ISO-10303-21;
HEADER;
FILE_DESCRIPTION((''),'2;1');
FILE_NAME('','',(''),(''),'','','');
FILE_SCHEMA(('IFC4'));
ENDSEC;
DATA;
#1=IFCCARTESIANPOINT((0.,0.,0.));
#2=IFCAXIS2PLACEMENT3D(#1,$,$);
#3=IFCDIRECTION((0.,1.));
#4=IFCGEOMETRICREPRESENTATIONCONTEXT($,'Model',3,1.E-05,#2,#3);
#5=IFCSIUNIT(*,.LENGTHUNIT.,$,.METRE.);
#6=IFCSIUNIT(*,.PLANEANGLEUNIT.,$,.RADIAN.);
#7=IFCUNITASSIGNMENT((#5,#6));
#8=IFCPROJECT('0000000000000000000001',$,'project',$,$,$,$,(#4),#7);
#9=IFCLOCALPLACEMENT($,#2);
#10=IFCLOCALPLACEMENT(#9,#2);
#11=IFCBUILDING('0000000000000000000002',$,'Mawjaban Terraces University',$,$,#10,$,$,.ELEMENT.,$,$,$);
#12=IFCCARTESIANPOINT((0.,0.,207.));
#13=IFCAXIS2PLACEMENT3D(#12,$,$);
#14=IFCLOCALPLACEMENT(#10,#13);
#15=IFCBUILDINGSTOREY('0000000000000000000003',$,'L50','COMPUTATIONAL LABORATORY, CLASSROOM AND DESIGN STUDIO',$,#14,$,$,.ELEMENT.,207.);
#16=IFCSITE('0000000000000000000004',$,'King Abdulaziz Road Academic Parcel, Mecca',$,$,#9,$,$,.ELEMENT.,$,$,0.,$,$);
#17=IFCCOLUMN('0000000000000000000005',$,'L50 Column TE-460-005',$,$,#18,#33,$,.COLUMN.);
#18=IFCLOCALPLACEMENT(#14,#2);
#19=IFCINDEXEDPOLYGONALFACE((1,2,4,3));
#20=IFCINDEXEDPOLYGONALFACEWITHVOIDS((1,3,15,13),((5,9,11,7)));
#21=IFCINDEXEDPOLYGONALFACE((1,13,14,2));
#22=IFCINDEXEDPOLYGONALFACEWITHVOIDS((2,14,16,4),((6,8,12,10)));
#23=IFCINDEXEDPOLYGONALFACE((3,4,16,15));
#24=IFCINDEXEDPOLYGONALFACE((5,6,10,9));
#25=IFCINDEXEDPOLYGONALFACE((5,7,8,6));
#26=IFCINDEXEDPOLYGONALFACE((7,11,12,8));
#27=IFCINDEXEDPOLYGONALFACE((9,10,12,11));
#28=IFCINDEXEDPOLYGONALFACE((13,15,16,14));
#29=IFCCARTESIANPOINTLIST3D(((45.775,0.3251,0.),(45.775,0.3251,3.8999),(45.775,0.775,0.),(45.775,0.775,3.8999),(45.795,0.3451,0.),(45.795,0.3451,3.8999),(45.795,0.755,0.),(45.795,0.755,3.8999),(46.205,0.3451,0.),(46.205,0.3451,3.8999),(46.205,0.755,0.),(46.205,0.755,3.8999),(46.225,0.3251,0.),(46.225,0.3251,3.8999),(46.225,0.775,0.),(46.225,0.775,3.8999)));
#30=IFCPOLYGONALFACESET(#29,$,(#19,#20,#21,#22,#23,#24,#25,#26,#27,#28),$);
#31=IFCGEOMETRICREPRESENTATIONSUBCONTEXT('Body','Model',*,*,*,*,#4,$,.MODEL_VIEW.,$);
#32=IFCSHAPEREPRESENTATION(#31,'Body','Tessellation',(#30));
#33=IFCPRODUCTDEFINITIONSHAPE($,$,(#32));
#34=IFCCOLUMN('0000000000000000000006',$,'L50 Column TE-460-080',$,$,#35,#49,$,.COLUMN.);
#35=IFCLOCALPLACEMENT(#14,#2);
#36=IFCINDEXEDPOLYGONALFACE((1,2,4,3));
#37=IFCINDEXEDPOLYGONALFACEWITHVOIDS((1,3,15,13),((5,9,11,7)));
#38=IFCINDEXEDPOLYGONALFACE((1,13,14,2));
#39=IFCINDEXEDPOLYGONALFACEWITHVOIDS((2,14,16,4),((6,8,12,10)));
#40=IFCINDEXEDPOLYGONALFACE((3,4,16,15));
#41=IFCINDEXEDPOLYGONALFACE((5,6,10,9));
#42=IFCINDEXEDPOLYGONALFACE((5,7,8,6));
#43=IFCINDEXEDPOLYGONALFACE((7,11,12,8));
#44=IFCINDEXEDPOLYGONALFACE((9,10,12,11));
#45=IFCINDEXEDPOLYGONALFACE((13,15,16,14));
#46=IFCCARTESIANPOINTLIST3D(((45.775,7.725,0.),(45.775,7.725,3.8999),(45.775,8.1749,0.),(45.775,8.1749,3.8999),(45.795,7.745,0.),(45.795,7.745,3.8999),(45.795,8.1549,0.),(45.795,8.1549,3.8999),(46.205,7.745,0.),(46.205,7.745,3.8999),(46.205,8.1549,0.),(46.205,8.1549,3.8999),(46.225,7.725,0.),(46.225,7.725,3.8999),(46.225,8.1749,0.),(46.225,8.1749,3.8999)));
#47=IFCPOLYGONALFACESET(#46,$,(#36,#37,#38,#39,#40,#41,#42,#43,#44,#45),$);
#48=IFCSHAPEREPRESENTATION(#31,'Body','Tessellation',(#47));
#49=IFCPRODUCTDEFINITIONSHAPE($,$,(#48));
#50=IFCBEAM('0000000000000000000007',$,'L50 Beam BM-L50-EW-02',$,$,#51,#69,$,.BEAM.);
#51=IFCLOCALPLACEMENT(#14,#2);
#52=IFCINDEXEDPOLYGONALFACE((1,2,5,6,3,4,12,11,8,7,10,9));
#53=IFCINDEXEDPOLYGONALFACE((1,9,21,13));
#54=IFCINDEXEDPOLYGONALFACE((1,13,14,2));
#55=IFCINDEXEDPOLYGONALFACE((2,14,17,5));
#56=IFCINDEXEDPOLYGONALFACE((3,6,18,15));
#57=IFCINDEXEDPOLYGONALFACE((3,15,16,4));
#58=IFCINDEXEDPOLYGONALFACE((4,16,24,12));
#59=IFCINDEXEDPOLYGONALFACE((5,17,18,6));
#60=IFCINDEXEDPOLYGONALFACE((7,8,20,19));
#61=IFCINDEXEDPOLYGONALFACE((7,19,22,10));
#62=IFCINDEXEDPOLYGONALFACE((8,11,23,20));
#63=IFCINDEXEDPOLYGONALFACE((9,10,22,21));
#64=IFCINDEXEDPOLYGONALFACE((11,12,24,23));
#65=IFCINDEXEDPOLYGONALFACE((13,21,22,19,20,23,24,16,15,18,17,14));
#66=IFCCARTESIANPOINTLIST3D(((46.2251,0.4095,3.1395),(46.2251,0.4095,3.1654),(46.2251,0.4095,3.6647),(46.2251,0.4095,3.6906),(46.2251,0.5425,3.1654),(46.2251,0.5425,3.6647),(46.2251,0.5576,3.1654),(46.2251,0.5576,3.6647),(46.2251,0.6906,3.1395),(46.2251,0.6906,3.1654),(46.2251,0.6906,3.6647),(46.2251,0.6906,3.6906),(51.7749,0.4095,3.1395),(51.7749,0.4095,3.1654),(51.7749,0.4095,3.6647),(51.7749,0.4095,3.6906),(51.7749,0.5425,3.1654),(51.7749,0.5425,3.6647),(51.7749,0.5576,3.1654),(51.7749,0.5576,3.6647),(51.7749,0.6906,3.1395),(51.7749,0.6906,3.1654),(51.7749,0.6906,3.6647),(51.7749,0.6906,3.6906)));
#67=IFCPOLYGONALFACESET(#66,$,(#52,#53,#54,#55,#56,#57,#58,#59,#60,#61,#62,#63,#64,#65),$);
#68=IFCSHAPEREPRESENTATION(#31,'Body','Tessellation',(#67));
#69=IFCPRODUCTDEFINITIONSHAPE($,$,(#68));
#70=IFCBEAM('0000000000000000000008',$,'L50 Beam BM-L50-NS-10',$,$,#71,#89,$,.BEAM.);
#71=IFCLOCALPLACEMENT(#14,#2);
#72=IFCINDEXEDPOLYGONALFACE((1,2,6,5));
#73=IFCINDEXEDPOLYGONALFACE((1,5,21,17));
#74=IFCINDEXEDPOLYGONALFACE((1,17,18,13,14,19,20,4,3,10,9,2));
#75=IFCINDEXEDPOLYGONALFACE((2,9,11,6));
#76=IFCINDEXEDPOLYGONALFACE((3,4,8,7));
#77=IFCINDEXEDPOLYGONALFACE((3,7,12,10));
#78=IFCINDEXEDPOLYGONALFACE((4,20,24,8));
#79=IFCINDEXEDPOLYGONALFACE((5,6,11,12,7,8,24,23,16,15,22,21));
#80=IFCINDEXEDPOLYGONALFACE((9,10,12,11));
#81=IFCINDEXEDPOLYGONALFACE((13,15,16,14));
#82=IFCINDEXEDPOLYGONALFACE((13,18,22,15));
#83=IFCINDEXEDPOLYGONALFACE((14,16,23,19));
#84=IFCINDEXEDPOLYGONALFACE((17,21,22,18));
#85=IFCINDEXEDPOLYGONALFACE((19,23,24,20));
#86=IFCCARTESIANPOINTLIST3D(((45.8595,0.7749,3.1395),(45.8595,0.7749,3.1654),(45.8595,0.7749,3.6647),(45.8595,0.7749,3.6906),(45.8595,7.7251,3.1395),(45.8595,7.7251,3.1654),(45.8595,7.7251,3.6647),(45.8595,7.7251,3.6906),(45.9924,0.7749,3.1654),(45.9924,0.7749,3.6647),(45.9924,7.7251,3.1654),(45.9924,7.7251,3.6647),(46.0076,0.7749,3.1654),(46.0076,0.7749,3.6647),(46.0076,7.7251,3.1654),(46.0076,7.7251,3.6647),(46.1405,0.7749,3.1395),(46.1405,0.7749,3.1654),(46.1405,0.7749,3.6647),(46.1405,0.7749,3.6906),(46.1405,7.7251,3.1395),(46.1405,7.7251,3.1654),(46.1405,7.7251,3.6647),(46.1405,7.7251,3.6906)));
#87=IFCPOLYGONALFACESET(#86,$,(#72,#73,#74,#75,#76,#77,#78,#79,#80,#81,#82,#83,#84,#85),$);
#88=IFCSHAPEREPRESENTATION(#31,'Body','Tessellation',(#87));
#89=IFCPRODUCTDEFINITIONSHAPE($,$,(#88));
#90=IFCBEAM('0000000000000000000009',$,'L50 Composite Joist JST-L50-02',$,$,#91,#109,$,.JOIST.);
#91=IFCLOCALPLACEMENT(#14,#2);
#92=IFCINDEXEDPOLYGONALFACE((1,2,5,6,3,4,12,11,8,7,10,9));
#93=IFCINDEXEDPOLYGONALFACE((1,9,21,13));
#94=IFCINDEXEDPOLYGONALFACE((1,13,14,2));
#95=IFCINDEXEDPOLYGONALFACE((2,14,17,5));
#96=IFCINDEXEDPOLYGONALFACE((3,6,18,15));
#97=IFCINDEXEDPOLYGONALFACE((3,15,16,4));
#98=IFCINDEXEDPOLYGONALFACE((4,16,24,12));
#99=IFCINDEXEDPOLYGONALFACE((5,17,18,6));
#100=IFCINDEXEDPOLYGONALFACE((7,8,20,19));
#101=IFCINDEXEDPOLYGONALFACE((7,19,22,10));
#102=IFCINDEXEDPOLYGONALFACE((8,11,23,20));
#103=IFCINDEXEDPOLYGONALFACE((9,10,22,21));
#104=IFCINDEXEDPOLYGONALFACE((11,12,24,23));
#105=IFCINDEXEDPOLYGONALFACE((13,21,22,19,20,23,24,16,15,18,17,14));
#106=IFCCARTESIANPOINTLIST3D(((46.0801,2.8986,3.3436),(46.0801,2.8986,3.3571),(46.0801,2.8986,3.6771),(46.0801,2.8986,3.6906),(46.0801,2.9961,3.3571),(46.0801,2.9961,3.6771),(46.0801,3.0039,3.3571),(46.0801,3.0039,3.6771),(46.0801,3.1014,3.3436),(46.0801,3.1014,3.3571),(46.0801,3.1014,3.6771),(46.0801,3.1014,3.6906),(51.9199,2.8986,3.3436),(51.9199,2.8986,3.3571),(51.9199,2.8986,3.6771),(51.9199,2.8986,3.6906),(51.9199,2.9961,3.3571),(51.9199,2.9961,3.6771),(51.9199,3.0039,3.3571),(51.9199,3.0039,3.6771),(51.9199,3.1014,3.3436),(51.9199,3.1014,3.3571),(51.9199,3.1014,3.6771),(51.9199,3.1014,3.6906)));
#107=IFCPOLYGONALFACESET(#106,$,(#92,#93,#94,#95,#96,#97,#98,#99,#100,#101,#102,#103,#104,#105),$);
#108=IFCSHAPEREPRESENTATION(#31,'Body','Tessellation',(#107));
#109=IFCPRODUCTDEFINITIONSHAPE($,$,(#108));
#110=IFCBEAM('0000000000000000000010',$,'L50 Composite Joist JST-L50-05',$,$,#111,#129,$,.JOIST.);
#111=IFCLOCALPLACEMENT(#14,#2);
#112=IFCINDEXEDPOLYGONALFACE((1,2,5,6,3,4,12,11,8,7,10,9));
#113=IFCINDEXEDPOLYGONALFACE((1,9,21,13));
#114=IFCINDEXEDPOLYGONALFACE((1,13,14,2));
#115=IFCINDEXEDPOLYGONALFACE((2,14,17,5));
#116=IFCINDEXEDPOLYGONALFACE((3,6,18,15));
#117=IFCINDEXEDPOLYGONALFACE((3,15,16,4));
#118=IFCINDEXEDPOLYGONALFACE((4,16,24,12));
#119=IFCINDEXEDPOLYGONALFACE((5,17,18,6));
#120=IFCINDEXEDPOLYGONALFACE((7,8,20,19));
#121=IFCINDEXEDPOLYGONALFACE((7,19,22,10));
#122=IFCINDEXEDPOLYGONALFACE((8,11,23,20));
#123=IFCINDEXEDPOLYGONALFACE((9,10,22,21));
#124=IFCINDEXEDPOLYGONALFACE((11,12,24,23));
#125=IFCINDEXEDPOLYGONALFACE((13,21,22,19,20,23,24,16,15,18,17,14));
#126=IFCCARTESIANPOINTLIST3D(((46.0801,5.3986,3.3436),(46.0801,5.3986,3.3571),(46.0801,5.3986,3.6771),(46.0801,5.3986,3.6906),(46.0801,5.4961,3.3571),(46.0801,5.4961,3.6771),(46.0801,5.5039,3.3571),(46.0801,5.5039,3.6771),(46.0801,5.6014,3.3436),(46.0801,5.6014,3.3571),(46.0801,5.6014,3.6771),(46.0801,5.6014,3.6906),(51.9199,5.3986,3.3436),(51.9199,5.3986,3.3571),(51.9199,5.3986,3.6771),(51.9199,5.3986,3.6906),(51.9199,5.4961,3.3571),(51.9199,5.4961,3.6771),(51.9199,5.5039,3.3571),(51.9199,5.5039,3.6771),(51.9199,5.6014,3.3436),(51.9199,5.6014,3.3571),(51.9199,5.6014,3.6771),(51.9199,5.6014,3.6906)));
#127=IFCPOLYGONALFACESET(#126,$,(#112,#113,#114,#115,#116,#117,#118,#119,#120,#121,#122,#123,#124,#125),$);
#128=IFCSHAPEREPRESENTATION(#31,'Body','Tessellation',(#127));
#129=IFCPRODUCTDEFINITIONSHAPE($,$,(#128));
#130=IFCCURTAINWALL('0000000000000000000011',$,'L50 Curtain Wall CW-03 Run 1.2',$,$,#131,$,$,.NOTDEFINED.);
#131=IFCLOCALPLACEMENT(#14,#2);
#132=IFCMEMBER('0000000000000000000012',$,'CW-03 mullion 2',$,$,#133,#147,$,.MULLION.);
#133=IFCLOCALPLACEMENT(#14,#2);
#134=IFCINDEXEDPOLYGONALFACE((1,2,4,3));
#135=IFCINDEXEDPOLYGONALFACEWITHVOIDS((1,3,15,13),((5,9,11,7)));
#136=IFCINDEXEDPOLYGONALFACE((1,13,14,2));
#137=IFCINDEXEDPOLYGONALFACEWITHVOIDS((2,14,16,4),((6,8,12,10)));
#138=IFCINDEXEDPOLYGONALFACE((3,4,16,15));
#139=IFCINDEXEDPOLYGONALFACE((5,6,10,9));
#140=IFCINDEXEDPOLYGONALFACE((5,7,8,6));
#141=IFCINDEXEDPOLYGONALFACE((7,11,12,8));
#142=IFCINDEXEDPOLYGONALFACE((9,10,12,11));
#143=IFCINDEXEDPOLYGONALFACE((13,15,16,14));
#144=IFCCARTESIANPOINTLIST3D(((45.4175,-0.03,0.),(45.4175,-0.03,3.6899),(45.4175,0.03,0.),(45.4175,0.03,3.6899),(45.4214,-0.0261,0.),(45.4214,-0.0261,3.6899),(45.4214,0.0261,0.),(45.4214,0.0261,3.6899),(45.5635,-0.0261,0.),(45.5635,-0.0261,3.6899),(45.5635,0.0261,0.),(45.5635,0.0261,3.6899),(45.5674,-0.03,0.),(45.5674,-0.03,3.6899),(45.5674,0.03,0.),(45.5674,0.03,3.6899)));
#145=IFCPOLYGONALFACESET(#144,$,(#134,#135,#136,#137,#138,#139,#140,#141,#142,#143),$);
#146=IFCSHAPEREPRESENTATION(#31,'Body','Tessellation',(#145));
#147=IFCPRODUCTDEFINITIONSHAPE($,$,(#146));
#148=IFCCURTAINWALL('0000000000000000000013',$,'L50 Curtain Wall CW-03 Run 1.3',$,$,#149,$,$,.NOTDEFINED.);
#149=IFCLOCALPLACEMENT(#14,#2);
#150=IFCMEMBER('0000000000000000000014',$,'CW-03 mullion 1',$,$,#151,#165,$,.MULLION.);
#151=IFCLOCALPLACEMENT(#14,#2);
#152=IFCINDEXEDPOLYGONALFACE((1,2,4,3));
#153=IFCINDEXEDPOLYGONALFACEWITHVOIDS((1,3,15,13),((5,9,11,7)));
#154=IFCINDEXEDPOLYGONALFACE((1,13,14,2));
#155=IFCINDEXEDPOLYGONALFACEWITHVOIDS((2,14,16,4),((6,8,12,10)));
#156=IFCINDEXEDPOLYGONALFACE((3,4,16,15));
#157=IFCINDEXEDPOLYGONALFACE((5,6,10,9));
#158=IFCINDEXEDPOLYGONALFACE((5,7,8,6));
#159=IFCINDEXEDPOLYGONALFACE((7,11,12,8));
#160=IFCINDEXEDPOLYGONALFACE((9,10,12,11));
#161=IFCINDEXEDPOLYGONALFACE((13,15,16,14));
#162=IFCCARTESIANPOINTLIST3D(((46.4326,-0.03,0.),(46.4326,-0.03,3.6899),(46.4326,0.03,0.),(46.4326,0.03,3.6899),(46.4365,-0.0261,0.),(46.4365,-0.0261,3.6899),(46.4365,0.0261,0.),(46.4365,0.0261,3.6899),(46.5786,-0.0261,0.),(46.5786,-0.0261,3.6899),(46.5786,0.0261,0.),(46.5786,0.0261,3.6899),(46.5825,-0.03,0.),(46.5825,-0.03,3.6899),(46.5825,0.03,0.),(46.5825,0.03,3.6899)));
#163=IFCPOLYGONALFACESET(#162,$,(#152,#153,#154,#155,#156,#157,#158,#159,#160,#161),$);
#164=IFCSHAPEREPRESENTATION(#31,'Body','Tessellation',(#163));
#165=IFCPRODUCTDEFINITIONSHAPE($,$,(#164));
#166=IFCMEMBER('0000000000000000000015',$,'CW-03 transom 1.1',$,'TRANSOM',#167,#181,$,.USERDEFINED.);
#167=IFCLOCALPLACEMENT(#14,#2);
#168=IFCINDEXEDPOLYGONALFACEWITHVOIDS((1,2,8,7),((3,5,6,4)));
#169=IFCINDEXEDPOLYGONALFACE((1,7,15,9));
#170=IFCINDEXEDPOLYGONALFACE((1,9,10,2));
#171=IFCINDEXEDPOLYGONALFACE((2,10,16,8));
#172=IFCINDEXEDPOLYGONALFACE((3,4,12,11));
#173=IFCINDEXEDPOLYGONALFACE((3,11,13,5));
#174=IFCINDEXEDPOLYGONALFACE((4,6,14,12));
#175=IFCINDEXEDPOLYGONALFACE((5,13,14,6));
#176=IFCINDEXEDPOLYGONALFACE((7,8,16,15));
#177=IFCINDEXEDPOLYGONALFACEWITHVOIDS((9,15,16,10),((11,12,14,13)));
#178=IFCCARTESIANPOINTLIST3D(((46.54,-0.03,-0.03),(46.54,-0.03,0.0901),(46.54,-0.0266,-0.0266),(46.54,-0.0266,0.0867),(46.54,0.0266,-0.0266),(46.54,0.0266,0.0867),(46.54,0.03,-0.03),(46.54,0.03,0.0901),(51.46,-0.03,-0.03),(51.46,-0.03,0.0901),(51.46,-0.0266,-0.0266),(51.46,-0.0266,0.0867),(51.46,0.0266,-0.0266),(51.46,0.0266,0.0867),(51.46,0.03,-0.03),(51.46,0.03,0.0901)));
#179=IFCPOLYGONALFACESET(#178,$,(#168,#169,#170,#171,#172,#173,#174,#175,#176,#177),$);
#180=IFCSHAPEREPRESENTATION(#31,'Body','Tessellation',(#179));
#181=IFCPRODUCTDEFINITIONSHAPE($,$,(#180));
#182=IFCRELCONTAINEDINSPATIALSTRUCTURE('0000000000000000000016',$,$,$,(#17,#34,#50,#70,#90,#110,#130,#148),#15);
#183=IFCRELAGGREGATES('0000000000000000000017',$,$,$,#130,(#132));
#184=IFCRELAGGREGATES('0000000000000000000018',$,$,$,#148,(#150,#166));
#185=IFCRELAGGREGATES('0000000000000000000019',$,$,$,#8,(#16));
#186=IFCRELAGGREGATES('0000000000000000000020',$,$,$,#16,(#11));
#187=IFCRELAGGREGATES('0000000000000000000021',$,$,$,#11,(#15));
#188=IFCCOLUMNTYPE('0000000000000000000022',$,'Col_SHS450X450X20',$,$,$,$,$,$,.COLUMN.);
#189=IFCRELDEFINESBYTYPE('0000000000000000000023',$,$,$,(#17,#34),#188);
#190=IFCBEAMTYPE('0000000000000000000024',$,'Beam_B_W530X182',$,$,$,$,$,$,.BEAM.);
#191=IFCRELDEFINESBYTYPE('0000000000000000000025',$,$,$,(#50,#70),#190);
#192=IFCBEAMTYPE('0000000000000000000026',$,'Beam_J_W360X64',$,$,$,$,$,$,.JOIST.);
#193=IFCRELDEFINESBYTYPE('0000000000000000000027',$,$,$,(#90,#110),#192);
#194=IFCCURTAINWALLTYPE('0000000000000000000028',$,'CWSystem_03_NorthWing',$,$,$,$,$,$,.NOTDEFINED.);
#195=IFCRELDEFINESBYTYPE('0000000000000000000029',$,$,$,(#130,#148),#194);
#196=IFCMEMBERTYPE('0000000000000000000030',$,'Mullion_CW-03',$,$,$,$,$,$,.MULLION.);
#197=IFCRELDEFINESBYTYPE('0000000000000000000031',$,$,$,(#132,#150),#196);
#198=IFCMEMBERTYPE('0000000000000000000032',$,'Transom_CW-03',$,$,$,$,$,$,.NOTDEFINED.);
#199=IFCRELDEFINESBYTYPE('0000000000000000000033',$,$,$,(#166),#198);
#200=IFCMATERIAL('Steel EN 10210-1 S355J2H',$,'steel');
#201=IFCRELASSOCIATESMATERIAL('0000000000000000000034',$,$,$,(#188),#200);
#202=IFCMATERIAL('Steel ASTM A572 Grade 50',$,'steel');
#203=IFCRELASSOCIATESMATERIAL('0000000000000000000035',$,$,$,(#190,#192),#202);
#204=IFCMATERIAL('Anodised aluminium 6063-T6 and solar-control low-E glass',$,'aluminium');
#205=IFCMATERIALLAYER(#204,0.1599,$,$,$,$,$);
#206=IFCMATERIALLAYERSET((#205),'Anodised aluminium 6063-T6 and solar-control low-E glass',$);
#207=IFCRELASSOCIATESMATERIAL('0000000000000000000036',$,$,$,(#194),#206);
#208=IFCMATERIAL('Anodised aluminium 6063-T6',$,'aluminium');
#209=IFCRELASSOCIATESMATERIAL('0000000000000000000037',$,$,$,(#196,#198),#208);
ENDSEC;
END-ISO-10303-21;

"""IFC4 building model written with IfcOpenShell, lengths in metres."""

from ifc_helpers import new_model, si_unit, direction, frame, origin, origin_2d, place, context, subcontext, project, spatial, hollow_rectangle, i_section, extrude, material, layer, layer_set, material_profile, profile_set, type_object, element, aggregate, save


model = new_model("IFC4")

# Units and contexts
model_context = context("Model", 3, precision=1e-05, world=origin(), true_north=direction((0.0, 1.0)))
body_context = subcontext(model_context, "Body", "Model", "MODEL_VIEW")
ifc_project = project(units=[si_unit("LENGTHUNIT", "METRE"), si_unit("PLANEANGLEUNIT", "RADIAN")], contexts=[model_context])

# Site, building, storey
site_placement = place(None, origin())
site = spatial("IfcSite", under=ifc_project, at=site_placement, Name="King Abdulaziz Road Academic Parcel, Mecca", CompositionType="ELEMENT", RefElevation=0.0)
building_placement = place(site_placement, origin())
building = spatial("IfcBuilding", under=site, at=building_placement, Name="Mawjaban Terraces University", CompositionType="ELEMENT")
storey_placement = place(building_placement, frame((0.0, 0.0, 207.0)))
storey = spatial("IfcBuildingStorey", under=building, at=storey_placement, Name="L50", Description="COMPUTATIONAL LABORATORY, CLASSROOM AND DESIGN STUDIO", CompositionType="ELEMENT", Elevation=207.0)

# Columns
ifc_material_1 = material(Name="Steel EN 10210-1 S355J2H", Category="steel")
ifc_material_profile_1 = material_profile(ifc_material_1, hollow_rectangle(XDim=0.45, YDim=0.45, WallThickness=0.02, at=origin_2d()), Name="SHS450X450X20")
ifc_profile_set_1 = profile_set([ifc_material_profile_1], Name="Steel EN 10210-1 S355J2H")
column_type = type_object("IfcColumnType", Name="Col_SHS450X450X20", PredefinedType="COLUMN", material=ifc_profile_set_1)
for number, where, z_axis, x_axis, name in (
    (1, (46.0, 0.55, 0.0), (0.0, 0.0, 1.0), (1.0, 0.0, 0.0), "L50 Column TE-460-005"),
    (2, (46.0, 7.95, 0.0), (0.0, 0.0, 1.0), (1.0, 0.0, 0.0), "L50 Column TE-460-080"),
):
    element("IfcColumn", number, at=place(storey_placement, frame(where, z_axis=z_axis, x_axis=x_axis)), inside=storey, type_object=column_type, Name=name, PredefinedType="COLUMN", context=body_context, shape_type="SweptSolid", body=[
        extrude(hollow_rectangle(XDim=0.45, YDim=0.45, WallThickness=0.02, at=origin_2d()), origin(), (0.0, 0.0, 1.0), 3.8999),
    ])

# Beams
ifc_material_2 = material(Name="Steel ASTM A572 Grade 50", Category="steel")
ifc_material_profile_2 = material_profile(ifc_material_2, i_section(OverallWidth=0.281, OverallDepth=0.551, WebThickness=0.0151, FlangeThickness=0.0259, at=origin_2d()), Name="W530X182")
ifc_profile_set_2 = profile_set([ifc_material_profile_2], Name="Steel ASTM A572 Grade 50")
beam_type_1 = type_object("IfcBeamType", Name="Beam_B_W530X182", PredefinedType="BEAM", material=ifc_profile_set_2)
beam_1_placement = place(storey_placement, frame((46.2251, 0.55, 3.415), z_axis=(1.0, 0.0, 0.0), x_axis=(0.0, 1.0, 0.0)))
element("IfcBeam", 3, at=beam_1_placement, inside=storey, type_object=beam_type_1, Name="L50 Beam BM-L50-EW-02", PredefinedType="BEAM", context=body_context, shape_type="SweptSolid", body=[
    extrude(i_section(OverallWidth=0.281, OverallDepth=0.551, WebThickness=0.0151, FlangeThickness=0.0259, at=origin_2d()), origin(), (0.0, 0.0, 1.0), 5.5498),
])
beam_2_placement = place(storey_placement, frame((46.0, 0.7749, 3.415), z_axis=(0.0, 1.0, 0.0), x_axis=(-1.0, 0.0, 0.0)))
element("IfcBeam", 4, at=beam_2_placement, inside=storey, type_object=beam_type_1, Name="L50 Beam BM-L50-NS-10", PredefinedType="BEAM", context=body_context, shape_type="SweptSolid", body=[
    extrude(i_section(OverallWidth=0.281, OverallDepth=0.551, WebThickness=0.0151, FlangeThickness=0.0259, at=origin_2d()), origin(), (0.0, 0.0, 1.0), 6.9502),
])
ifc_material_profile_3 = material_profile(ifc_material_2, i_section(OverallWidth=0.2029, OverallDepth=0.3469, WebThickness=0.0078, FlangeThickness=0.0134, at=origin_2d()), Name="W360X64")
ifc_profile_set_3 = profile_set([ifc_material_profile_3], Name="Steel ASTM A572 Grade 50")
beam_type_2 = type_object("IfcBeamType", Name="Beam_J_W360X64", PredefinedType="JOIST", material=ifc_profile_set_3)
for number, where, z_axis, x_axis, name in (
    (5, (46.0801, 3.0, 3.5171), (1.0, 0.0, 0.0), (0.0, 1.0, 0.0), "L50 Composite Joist JST-L50-02"),
    (6, (46.0801, 5.5, 3.5171), (1.0, 0.0, 0.0), (0.0, 1.0, 0.0), "L50 Composite Joist JST-L50-05"),
):
    element("IfcBeam", number, at=place(storey_placement, frame(where, z_axis=z_axis, x_axis=x_axis)), inside=storey, type_object=beam_type_2, Name=name, PredefinedType="JOIST", context=body_context, shape_type="SweptSolid", body=[
        extrude(i_section(OverallWidth=0.2029, OverallDepth=0.3469, WebThickness=0.0078, FlangeThickness=0.0134, at=origin_2d()), origin(), (0.0, 0.0, 1.0), 5.8398),
    ])

# Curtain wall, member
ifc_material_3 = material(Name="Anodised aluminium 6063-T6 and solar-control low-E glass", Category="aluminium")
ifc_layer_1 = layer(ifc_material_3, 0.1599)
ifc_layer_set_1 = layer_set([ifc_layer_1], Name="Anodised aluminium 6063-T6 and solar-control low-E glass")
curtain_wall_type = type_object("IfcCurtainWallType", Name="CWSystem_03_NorthWing", PredefinedType="NOTDEFINED", material=ifc_layer_set_1)
curtain_wall_1_placement = place(storey_placement, origin())
curtain_wall_1 = element("IfcCurtainWall", 7, at=curtain_wall_1_placement, inside=storey, type_object=curtain_wall_type, Name="L50 Curtain Wall CW-03 Run 1.2", PredefinedType="NOTDEFINED")
ifc_material_4 = material(Name="Anodised aluminium 6063-T6", Category="aluminium")
ifc_material_profile_4 = material_profile(ifc_material_4, hollow_rectangle(XDim=0.0601, YDim=0.1499, WallThickness=0.0039, at=origin_2d()), Name="ALU150X60X4")
ifc_profile_set_4 = profile_set([ifc_material_profile_4], Name="Anodised aluminium 6063-T6")
member_type_1 = type_object("IfcMemberType", Name="Mullion_CW-03", PredefinedType="MULLION", material=ifc_profile_set_4)
member_1_placement = place(storey_placement, frame((45.4924, 0.0, 0.0), z_axis=(0.0, 0.0, 1.0), x_axis=(0.0, 1.0, 0.0)))
member_1 = element("IfcMember", 8, at=member_1_placement, type_object=member_type_1, Name="CW-03 mullion 2", PredefinedType="MULLION", context=body_context, shape_type="SweptSolid", body=[
    extrude(hollow_rectangle(XDim=0.0601, YDim=0.1499, WallThickness=0.0039, at=origin_2d()), origin(), (0.0, 0.0, 1.0), 3.6899),
])

# Curtain wall, members
curtain_wall_2_placement = place(storey_placement, origin())
curtain_wall_2 = element("IfcCurtainWall", 9, at=curtain_wall_2_placement, inside=storey, type_object=curtain_wall_type, Name="L50 Curtain Wall CW-03 Run 1.3", PredefinedType="NOTDEFINED")
member_2_placement = place(storey_placement, frame((46.5076, 0.0, 0.0), z_axis=(0.0, 0.0, 1.0), x_axis=(0.0, 1.0, 0.0)))
member_2 = element("IfcMember", 10, at=member_2_placement, type_object=member_type_1, Name="CW-03 mullion 1", PredefinedType="MULLION", context=body_context, shape_type="SweptSolid", body=[
    extrude(hollow_rectangle(XDim=0.0601, YDim=0.1499, WallThickness=0.0039, at=origin_2d()), origin(), (0.0, 0.0, 1.0), 3.6899),
])
ifc_material_profile_5 = material_profile(ifc_material_4, hollow_rectangle(XDim=0.0601, YDim=0.1201, WallThickness=0.0034, at=origin_2d()), Name="ALU120X60X3.5")
ifc_profile_set_5 = profile_set([ifc_material_profile_5], Name="Anodised aluminium 6063-T6")
member_type_2 = type_object("IfcMemberType", Name="Transom_CW-03", PredefinedType="NOTDEFINED", material=ifc_profile_set_5)
member_3_placement = place(storey_placement, frame((46.54, 0.0, 0.03), z_axis=(1.0, 0.0, 0.0), x_axis=(0.0, 1.0, 0.0)))
member_3 = element("IfcMember", 11, at=member_3_placement, type_object=member_type_2, Name="CW-03 transom 1.1", ObjectType="TRANSOM", PredefinedType="USERDEFINED", context=body_context, shape_type="SweptSolid", body=[
    extrude(hollow_rectangle(XDim=0.0601, YDim=0.1201, WallThickness=0.0034, at=origin_2d()), origin(), (0.0, 0.0, 1.0), 4.9199),
])

aggregate(curtain_wall_1, [member_1])
aggregate(curtain_wall_2, [member_2, member_3])

save(model, "model.ifc")
